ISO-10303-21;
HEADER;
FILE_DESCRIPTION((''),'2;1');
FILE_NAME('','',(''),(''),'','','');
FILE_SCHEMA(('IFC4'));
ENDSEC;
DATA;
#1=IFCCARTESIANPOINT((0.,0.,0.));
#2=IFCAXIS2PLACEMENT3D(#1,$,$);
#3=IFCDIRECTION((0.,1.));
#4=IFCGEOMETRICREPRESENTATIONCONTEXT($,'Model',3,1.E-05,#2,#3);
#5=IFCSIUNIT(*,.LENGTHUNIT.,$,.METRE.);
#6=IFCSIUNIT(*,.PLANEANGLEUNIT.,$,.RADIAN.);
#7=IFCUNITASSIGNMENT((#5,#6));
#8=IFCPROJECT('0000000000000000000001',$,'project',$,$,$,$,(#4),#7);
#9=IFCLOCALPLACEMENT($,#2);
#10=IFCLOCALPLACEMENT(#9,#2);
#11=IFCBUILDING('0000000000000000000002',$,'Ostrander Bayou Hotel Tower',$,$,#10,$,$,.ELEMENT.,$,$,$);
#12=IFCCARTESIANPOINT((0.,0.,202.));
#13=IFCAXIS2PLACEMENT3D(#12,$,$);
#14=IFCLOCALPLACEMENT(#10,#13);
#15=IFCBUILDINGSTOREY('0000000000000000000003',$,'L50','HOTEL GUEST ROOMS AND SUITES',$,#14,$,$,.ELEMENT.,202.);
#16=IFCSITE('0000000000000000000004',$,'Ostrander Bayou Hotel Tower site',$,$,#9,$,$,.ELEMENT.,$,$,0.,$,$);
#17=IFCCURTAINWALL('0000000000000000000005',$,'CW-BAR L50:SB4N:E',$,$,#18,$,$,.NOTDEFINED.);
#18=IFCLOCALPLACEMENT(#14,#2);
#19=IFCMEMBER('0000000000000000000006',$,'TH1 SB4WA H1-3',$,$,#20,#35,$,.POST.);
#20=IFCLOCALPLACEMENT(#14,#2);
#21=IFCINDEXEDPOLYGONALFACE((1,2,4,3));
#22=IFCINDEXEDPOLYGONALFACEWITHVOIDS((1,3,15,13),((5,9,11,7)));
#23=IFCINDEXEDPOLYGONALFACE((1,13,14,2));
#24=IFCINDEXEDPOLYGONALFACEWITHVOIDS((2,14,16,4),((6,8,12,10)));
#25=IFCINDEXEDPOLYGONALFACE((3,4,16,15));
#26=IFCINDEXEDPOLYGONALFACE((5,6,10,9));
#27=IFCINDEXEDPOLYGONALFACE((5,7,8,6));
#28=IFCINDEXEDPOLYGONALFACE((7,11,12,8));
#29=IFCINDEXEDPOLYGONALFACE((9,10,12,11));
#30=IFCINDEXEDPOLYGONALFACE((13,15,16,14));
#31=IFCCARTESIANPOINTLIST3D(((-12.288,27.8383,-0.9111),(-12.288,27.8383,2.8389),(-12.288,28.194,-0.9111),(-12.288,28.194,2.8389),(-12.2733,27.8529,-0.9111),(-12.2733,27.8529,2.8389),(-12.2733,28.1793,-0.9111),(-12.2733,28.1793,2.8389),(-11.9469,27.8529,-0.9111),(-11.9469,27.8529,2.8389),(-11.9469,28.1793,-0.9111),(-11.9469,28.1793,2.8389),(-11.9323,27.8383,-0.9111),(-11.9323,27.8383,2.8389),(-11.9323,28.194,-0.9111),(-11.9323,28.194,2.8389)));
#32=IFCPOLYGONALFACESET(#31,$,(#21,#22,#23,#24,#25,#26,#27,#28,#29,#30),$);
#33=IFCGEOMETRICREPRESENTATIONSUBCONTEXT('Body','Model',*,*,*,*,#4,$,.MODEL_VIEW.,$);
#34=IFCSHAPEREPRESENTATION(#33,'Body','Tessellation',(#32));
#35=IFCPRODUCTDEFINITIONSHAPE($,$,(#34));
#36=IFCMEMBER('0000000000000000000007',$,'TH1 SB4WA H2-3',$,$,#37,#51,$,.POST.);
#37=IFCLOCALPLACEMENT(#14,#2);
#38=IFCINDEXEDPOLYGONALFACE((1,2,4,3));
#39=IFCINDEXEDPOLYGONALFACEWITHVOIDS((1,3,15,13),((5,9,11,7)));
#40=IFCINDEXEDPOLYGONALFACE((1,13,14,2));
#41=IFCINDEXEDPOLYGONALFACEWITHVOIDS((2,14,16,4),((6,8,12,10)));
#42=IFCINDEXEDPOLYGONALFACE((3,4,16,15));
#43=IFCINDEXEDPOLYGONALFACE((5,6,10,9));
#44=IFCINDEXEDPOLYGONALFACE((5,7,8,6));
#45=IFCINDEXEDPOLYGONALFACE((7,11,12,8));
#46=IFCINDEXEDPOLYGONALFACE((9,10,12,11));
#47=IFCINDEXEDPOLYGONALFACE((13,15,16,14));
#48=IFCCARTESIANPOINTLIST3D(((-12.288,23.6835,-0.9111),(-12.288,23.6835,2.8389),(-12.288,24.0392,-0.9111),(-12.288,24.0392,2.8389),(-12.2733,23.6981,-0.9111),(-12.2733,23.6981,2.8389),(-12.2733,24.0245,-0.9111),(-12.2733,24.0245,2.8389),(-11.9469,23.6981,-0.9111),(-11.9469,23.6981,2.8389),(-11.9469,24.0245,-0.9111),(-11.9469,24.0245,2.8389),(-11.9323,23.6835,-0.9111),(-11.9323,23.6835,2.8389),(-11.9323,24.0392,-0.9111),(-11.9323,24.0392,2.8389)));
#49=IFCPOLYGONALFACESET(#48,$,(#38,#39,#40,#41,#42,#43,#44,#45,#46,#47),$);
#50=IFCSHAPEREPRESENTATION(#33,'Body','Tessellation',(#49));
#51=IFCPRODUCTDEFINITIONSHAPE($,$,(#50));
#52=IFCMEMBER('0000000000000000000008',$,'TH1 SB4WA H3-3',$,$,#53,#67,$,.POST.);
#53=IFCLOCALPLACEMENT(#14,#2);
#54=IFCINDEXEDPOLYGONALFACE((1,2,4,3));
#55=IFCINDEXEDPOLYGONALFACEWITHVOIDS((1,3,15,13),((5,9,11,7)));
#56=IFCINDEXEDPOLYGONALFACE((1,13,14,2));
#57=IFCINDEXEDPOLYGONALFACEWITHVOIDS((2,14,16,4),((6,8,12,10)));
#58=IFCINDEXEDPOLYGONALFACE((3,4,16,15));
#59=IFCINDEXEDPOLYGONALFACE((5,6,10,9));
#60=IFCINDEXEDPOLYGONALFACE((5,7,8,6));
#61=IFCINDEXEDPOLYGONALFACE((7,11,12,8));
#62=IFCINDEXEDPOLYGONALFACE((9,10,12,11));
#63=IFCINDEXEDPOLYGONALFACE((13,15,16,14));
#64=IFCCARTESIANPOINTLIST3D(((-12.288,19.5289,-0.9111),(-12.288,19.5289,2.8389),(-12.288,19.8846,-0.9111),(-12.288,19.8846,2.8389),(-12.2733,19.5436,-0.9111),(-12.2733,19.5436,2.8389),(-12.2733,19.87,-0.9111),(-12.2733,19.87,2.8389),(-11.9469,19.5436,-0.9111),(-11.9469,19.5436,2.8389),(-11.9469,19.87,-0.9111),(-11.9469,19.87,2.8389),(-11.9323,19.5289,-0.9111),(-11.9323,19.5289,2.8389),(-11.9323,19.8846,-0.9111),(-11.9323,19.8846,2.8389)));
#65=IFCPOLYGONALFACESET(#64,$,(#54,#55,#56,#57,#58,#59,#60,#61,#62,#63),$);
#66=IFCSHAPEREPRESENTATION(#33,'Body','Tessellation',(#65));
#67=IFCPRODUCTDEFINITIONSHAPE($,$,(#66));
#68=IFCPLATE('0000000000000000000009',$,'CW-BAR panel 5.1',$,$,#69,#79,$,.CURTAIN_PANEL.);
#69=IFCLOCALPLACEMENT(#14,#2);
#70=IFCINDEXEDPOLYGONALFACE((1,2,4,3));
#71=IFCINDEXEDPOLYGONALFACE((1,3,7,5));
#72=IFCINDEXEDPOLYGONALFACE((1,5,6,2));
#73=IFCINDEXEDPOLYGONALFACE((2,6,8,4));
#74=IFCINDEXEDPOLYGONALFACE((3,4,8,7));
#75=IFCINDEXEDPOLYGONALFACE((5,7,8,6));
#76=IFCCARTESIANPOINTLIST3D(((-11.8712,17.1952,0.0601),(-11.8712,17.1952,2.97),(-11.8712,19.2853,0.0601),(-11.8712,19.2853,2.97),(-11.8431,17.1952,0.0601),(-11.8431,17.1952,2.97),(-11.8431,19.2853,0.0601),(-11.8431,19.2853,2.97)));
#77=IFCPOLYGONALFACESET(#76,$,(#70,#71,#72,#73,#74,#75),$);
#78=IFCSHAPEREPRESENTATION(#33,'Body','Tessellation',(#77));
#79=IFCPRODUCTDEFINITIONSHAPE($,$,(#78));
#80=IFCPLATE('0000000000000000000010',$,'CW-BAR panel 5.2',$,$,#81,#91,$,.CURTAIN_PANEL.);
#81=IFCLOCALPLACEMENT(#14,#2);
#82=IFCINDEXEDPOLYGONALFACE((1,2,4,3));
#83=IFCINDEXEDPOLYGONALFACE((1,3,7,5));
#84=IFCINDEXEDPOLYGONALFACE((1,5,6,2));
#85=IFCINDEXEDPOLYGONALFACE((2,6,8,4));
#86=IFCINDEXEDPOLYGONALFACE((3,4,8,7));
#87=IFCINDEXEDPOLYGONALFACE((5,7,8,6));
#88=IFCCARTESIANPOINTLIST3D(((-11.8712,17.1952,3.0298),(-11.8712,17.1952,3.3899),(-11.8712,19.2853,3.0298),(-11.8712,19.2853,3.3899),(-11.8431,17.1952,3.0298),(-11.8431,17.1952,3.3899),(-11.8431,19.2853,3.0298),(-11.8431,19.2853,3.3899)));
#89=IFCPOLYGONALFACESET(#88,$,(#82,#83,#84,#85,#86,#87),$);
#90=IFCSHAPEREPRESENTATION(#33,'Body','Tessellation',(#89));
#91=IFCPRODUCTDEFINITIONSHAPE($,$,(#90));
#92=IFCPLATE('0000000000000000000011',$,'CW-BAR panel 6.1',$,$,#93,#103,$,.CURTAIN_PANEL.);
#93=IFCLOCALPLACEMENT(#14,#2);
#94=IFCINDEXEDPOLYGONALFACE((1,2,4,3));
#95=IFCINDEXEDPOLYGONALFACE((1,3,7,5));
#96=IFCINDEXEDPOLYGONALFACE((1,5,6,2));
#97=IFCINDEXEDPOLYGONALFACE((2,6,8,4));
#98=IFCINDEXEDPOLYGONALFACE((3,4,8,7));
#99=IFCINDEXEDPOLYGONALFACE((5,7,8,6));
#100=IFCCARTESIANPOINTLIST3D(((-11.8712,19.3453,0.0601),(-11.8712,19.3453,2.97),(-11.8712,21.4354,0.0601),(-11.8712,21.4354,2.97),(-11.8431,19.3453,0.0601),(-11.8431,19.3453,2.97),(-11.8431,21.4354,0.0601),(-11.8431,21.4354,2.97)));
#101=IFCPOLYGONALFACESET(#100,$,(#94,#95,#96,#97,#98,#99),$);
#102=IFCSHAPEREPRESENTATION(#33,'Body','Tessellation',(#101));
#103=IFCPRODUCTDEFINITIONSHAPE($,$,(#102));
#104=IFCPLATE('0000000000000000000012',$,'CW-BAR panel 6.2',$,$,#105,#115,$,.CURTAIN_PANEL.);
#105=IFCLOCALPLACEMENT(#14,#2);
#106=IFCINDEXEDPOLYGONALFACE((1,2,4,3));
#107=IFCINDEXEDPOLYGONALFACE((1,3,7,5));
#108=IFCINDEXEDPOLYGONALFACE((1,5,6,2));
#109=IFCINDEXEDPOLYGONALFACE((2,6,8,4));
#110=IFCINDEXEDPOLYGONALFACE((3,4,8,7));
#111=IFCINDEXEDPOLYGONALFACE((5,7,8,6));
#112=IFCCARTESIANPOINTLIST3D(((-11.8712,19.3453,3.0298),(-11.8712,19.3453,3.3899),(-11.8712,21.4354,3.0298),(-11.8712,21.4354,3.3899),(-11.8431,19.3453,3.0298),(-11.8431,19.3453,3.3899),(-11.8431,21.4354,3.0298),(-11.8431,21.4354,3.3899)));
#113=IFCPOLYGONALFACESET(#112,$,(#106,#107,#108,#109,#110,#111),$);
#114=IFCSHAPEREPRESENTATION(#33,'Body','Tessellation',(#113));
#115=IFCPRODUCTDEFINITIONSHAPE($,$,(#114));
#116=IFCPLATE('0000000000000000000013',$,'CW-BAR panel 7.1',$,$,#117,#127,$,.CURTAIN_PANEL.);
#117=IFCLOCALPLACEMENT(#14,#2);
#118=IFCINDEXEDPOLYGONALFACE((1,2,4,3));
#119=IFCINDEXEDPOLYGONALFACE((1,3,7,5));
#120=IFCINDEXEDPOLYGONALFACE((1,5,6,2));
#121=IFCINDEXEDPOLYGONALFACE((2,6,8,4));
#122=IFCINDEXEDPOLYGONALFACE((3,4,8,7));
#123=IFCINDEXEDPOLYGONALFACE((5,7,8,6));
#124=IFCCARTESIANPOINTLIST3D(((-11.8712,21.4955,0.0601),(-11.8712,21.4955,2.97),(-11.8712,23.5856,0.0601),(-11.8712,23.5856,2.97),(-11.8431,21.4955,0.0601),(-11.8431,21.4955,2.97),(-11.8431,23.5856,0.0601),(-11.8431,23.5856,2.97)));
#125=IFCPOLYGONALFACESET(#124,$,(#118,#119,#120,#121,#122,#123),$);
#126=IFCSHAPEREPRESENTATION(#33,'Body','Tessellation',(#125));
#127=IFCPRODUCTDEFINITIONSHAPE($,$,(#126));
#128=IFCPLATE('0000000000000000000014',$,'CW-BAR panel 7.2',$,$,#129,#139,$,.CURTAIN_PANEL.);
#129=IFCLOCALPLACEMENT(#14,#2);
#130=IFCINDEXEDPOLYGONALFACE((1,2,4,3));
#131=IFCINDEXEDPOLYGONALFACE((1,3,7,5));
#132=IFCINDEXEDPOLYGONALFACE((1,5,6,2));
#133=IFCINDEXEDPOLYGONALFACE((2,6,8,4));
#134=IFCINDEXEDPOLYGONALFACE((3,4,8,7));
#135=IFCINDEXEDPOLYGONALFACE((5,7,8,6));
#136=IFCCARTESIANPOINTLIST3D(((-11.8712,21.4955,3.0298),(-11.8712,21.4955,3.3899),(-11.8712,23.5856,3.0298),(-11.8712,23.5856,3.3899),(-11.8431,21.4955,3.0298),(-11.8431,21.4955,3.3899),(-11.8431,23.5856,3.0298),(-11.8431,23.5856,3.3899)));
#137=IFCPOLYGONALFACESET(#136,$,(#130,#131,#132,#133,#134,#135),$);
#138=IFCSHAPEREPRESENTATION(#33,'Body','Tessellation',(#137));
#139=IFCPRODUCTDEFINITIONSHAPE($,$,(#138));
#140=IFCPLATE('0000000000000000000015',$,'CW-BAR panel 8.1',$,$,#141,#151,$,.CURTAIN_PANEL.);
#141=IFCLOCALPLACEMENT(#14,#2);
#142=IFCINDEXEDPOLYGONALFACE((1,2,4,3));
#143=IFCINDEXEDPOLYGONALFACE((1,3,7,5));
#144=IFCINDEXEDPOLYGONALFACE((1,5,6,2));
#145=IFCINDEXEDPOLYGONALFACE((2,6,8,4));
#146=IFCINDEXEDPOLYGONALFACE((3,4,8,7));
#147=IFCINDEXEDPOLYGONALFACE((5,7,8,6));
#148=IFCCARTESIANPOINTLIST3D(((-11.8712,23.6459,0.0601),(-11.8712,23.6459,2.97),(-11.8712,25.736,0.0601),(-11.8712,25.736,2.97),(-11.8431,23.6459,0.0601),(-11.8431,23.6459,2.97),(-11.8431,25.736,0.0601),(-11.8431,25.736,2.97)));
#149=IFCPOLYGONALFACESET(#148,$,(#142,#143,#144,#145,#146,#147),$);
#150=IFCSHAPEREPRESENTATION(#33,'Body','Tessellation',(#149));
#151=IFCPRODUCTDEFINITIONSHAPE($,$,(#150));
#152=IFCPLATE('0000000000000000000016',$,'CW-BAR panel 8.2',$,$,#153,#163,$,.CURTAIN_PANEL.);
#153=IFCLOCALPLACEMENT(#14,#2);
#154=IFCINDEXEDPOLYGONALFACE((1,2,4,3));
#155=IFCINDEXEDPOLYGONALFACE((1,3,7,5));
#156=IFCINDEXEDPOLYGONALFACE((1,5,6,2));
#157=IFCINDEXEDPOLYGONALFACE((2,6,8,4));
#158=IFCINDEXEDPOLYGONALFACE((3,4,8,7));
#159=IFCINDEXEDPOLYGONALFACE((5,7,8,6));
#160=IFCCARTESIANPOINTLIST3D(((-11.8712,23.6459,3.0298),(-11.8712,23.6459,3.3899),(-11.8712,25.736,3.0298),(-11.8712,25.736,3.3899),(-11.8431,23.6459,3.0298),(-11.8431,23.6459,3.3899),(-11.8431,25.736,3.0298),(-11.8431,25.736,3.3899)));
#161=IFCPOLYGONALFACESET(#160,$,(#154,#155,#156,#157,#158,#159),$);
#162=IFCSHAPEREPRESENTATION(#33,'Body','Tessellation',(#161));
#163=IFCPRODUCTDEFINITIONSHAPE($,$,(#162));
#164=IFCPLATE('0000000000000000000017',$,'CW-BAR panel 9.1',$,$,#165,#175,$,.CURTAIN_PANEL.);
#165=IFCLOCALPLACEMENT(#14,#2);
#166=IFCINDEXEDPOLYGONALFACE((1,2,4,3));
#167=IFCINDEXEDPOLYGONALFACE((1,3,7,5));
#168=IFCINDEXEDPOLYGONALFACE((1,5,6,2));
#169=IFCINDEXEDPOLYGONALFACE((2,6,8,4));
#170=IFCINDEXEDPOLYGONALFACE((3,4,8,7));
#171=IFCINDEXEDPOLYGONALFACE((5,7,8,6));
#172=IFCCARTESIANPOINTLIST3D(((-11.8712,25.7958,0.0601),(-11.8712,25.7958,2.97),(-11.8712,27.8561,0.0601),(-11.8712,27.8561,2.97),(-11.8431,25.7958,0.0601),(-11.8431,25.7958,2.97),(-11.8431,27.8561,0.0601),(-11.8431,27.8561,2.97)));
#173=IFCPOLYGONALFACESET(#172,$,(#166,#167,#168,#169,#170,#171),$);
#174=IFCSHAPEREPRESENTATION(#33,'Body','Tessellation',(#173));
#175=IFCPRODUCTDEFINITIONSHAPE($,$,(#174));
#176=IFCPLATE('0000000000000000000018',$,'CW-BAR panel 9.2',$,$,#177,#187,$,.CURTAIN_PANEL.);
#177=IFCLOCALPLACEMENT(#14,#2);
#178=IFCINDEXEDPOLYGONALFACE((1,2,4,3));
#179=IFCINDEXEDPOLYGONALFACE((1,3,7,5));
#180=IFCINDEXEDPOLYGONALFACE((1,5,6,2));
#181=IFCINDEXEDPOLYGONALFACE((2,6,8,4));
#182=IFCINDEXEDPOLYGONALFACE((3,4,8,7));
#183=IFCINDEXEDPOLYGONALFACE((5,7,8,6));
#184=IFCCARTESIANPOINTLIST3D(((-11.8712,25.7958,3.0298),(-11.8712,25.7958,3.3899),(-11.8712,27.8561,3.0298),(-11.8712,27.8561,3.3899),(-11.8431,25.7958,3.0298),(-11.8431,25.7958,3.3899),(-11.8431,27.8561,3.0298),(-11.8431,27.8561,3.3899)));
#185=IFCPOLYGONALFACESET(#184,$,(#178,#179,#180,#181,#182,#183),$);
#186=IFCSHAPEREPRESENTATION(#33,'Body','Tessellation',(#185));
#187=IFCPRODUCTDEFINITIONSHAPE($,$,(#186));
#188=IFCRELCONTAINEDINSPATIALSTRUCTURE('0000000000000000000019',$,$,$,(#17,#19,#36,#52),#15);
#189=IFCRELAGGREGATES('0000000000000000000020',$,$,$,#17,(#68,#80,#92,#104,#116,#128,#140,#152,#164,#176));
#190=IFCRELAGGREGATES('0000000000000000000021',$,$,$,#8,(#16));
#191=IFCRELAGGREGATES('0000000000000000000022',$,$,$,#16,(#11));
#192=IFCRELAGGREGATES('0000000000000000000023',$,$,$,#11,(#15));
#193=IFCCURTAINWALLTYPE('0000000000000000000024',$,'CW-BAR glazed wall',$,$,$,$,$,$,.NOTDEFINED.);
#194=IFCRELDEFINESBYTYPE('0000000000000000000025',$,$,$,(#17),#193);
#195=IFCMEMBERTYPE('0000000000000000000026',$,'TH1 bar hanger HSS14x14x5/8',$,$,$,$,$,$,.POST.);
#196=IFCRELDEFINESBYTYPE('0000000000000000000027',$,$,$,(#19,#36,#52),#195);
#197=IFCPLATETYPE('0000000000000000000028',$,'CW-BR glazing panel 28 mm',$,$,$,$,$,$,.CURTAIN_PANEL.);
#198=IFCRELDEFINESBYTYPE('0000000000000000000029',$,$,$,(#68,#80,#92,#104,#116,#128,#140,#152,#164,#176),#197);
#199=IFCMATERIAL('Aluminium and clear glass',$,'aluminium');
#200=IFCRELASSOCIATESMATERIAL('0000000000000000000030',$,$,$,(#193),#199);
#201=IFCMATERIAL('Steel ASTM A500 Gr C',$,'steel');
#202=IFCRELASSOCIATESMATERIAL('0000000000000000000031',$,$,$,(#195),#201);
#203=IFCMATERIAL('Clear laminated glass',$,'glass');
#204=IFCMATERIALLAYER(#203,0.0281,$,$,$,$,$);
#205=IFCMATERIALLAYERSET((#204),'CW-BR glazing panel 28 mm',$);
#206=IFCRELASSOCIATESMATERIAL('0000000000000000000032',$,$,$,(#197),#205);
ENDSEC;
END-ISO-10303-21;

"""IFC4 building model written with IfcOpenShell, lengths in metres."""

from ifc_helpers import new_model, si_unit, direction, frame, origin, origin_2d, place, context, subcontext, project, spatial, rectangle, hollow_rectangle, extrude, material, layer, layer_set, material_profile, profile_set, type_object, element, aggregate, save


model = new_model("IFC4")

# Units and contexts
model_context = context("Model", 3, precision=1e-05, world=origin(), true_north=direction((0.0, 1.0)))
body_context = subcontext(model_context, "Body", "Model", "MODEL_VIEW")
ifc_project = project(units=[si_unit("LENGTHUNIT", "METRE"), si_unit("PLANEANGLEUNIT", "RADIAN")], contexts=[model_context])

# Site, building, storey
site_placement = place(None, origin())
site = spatial("IfcSite", under=ifc_project, at=site_placement, Name="Ostrander Bayou Hotel Tower site", CompositionType="ELEMENT", RefElevation=0.0)
building_placement = place(site_placement, origin())
building = spatial("IfcBuilding", under=site, at=building_placement, Name="Ostrander Bayou Hotel Tower", CompositionType="ELEMENT")
storey_placement = place(building_placement, frame((0.0, 0.0, 202.0)))
storey = spatial("IfcBuildingStorey", under=building, at=storey_placement, Name="L50", Description="HOTEL GUEST ROOMS AND SUITES", CompositionType="ELEMENT", Elevation=202.0)

# Curtain wall
ifc_material_1 = material(Name="Aluminium and clear glass", Category="aluminium")
curtain_wall_type = type_object("IfcCurtainWallType", Name="CW-BAR glazed wall", PredefinedType="NOTDEFINED", material=ifc_material_1)
curtain_wall_1_placement = place(storey_placement, origin())
curtain_wall_1 = element("IfcCurtainWall", 1, at=curtain_wall_1_placement, inside=storey, type_object=curtain_wall_type, Name="CW-BAR L50:SB4N:E", PredefinedType="NOTDEFINED")

# Members
ifc_material_2 = material(Name="Steel ASTM A500 Gr C", Category="steel")
ifc_material_profile_1 = material_profile(ifc_material_2, hollow_rectangle(XDim=0.3557, YDim=0.3557, WallThickness=0.0146, at=origin_2d()))
ifc_profile_set_1 = profile_set([ifc_material_profile_1], Name="Steel ASTM A500 Gr C")
member_type_1 = type_object("IfcMemberType", Name="TH1 bar hanger HSS14x14x5/8", PredefinedType="POST", material=ifc_profile_set_1)
for number, where, z_axis, x_axis, name in (
    (2, (-12.1101, 28.0161, -0.9111), (0.0, 0.0, 1.0), (1.0, 0.0, 0.0), "TH1 SB4WA H1-3"),
    (3, (-12.1101, 23.8613, -0.9111), (0.0, 0.0, 1.0), (1.0, 0.0, 0.0), "TH1 SB4WA H2-3"),
    (4, (-12.1101, 19.7068, -0.9111), (0.0, 0.0, 1.0), (1.0, 0.0, 0.0), "TH1 SB4WA H3-3"),
):
    element("IfcMember", number, at=place(storey_placement, frame(where, z_axis=z_axis, x_axis=x_axis)), inside=storey, type_object=member_type_1, Name=name, PredefinedType="POST", context=body_context, shape_type="SweptSolid", body=[
        extrude(hollow_rectangle(XDim=0.3557, YDim=0.3557, WallThickness=0.0146, at=origin_2d()), origin(), (0.0, 0.0, 1.0), 3.75),
    ])

# Plates
ifc_material_3 = material(Name="Clear laminated glass", Category="glass")
ifc_layer_1 = layer(ifc_material_3, 0.0281)
ifc_layer_set_1 = layer_set([ifc_layer_1], Name="CW-BR glazing panel 28 mm")
plate_type = type_object("IfcPlateType", Name="CW-BR glazing panel 28 mm", PredefinedType="CURTAIN_PANEL", material=ifc_layer_set_1)
plate_1_placement = place(storey_placement, frame((-11.8572, 18.2402, 0.0601), z_axis=(0.0, 0.0, 1.0), x_axis=(0.0, 1.0, 0.0)))
plate_1 = element("IfcPlate", 5, at=plate_1_placement, type_object=plate_type, Name="CW-BAR panel 5.1", PredefinedType="CURTAIN_PANEL", context=body_context, shape_type="SweptSolid", body=[
    extrude(rectangle(XDim=2.0901, YDim=0.0281, at=origin_2d()), origin(), (0.0, 0.0, 1.0), 2.9099),
])
plate_2_placement = place(storey_placement, frame((-11.8572, 18.2402, 3.0298), z_axis=(0.0, 0.0, 1.0), x_axis=(0.0, 1.0, 0.0)))
plate_2 = element("IfcPlate", 6, at=plate_2_placement, type_object=plate_type, Name="CW-BAR panel 5.2", PredefinedType="CURTAIN_PANEL", context=body_context, shape_type="SweptSolid", body=[
    extrude(rectangle(XDim=2.0901, YDim=0.0281, at=origin_2d()), origin(), (0.0, 0.0, 1.0), 0.3601),
])
plate_3_placement = place(storey_placement, frame((-11.8572, 20.3904, 0.0601), z_axis=(0.0, 0.0, 1.0), x_axis=(0.0, 1.0, 0.0)))
plate_3 = element("IfcPlate", 7, at=plate_3_placement, type_object=plate_type, Name="CW-BAR panel 6.1", PredefinedType="CURTAIN_PANEL", context=body_context, shape_type="SweptSolid", body=[
    extrude(rectangle(XDim=2.0901, YDim=0.0281, at=origin_2d()), origin(), (0.0, 0.0, 1.0), 2.9099),
])
plate_4_placement = place(storey_placement, frame((-11.8572, 20.3904, 3.0298), z_axis=(0.0, 0.0, 1.0), x_axis=(0.0, 1.0, 0.0)))
plate_4 = element("IfcPlate", 8, at=plate_4_placement, type_object=plate_type, Name="CW-BAR panel 6.2", PredefinedType="CURTAIN_PANEL", context=body_context, shape_type="SweptSolid", body=[
    extrude(rectangle(XDim=2.0901, YDim=0.0281, at=origin_2d()), origin(), (0.0, 0.0, 1.0), 0.3601),
])
plate_5_placement = place(storey_placement, frame((-11.8572, 22.5405, 0.0601), z_axis=(0.0, 0.0, 1.0), x_axis=(0.0, 1.0, 0.0)))
plate_5 = element("IfcPlate", 9, at=plate_5_placement, type_object=plate_type, Name="CW-BAR panel 7.1", PredefinedType="CURTAIN_PANEL", context=body_context, shape_type="SweptSolid", body=[
    extrude(rectangle(XDim=2.0901, YDim=0.0281, at=origin_2d()), origin(), (0.0, 0.0, 1.0), 2.9099),
])
plate_6_placement = place(storey_placement, frame((-11.8572, 22.5405, 3.0298), z_axis=(0.0, 0.0, 1.0), x_axis=(0.0, 1.0, 0.0)))
plate_6 = element("IfcPlate", 10, at=plate_6_placement, type_object=plate_type, Name="CW-BAR panel 7.2", PredefinedType="CURTAIN_PANEL", context=body_context, shape_type="SweptSolid", body=[
    extrude(rectangle(XDim=2.0901, YDim=0.0281, at=origin_2d()), origin(), (0.0, 0.0, 1.0), 0.3601),
])
plate_7_placement = place(storey_placement, frame((-11.8572, 24.6909, 0.0601), z_axis=(0.0, 0.0, 1.0), x_axis=(0.0, 1.0, 0.0)))
plate_7 = element("IfcPlate", 11, at=plate_7_placement, type_object=plate_type, Name="CW-BAR panel 8.1", PredefinedType="CURTAIN_PANEL", context=body_context, shape_type="SweptSolid", body=[
    extrude(rectangle(XDim=2.0901, YDim=0.0281, at=origin_2d()), origin(), (0.0, 0.0, 1.0), 2.9099),
])
plate_8_placement = place(storey_placement, frame((-11.8572, 24.6909, 3.0298), z_axis=(0.0, 0.0, 1.0), x_axis=(0.0, 1.0, 0.0)))
plate_8 = element("IfcPlate", 12, at=plate_8_placement, type_object=plate_type, Name="CW-BAR panel 8.2", PredefinedType="CURTAIN_PANEL", context=body_context, shape_type="SweptSolid", body=[
    extrude(rectangle(XDim=2.0901, YDim=0.0281, at=origin_2d()), origin(), (0.0, 0.0, 1.0), 0.3601),
])
plate_9_placement = place(storey_placement, frame((-11.8572, 26.8259, 0.0601), z_axis=(0.0, 0.0, 1.0), x_axis=(0.0, 1.0, 0.0)))
plate_9 = element("IfcPlate", 13, at=plate_9_placement, type_object=plate_type, Name="CW-BAR panel 9.1", PredefinedType="CURTAIN_PANEL", context=body_context, shape_type="SweptSolid", body=[
    extrude(rectangle(XDim=2.0603, YDim=0.0281, at=origin_2d()), origin(), (0.0, 0.0, 1.0), 2.9099),
])
plate_10_placement = place(storey_placement, frame((-11.8572, 26.8259, 3.0298), z_axis=(0.0, 0.0, 1.0), x_axis=(0.0, 1.0, 0.0)))
plate_10 = element("IfcPlate", 14, at=plate_10_placement, type_object=plate_type, Name="CW-BAR panel 9.2", PredefinedType="CURTAIN_PANEL", context=body_context, shape_type="SweptSolid", body=[
    extrude(rectangle(XDim=2.0603, YDim=0.0281, at=origin_2d()), origin(), (0.0, 0.0, 1.0), 0.3601),
])
aggregate(curtain_wall_1, [plate_1, plate_2, plate_3, plate_4, plate_5, plate_6, plate_7, plate_8, plate_9, plate_10])

save(model, "model.ifc")
